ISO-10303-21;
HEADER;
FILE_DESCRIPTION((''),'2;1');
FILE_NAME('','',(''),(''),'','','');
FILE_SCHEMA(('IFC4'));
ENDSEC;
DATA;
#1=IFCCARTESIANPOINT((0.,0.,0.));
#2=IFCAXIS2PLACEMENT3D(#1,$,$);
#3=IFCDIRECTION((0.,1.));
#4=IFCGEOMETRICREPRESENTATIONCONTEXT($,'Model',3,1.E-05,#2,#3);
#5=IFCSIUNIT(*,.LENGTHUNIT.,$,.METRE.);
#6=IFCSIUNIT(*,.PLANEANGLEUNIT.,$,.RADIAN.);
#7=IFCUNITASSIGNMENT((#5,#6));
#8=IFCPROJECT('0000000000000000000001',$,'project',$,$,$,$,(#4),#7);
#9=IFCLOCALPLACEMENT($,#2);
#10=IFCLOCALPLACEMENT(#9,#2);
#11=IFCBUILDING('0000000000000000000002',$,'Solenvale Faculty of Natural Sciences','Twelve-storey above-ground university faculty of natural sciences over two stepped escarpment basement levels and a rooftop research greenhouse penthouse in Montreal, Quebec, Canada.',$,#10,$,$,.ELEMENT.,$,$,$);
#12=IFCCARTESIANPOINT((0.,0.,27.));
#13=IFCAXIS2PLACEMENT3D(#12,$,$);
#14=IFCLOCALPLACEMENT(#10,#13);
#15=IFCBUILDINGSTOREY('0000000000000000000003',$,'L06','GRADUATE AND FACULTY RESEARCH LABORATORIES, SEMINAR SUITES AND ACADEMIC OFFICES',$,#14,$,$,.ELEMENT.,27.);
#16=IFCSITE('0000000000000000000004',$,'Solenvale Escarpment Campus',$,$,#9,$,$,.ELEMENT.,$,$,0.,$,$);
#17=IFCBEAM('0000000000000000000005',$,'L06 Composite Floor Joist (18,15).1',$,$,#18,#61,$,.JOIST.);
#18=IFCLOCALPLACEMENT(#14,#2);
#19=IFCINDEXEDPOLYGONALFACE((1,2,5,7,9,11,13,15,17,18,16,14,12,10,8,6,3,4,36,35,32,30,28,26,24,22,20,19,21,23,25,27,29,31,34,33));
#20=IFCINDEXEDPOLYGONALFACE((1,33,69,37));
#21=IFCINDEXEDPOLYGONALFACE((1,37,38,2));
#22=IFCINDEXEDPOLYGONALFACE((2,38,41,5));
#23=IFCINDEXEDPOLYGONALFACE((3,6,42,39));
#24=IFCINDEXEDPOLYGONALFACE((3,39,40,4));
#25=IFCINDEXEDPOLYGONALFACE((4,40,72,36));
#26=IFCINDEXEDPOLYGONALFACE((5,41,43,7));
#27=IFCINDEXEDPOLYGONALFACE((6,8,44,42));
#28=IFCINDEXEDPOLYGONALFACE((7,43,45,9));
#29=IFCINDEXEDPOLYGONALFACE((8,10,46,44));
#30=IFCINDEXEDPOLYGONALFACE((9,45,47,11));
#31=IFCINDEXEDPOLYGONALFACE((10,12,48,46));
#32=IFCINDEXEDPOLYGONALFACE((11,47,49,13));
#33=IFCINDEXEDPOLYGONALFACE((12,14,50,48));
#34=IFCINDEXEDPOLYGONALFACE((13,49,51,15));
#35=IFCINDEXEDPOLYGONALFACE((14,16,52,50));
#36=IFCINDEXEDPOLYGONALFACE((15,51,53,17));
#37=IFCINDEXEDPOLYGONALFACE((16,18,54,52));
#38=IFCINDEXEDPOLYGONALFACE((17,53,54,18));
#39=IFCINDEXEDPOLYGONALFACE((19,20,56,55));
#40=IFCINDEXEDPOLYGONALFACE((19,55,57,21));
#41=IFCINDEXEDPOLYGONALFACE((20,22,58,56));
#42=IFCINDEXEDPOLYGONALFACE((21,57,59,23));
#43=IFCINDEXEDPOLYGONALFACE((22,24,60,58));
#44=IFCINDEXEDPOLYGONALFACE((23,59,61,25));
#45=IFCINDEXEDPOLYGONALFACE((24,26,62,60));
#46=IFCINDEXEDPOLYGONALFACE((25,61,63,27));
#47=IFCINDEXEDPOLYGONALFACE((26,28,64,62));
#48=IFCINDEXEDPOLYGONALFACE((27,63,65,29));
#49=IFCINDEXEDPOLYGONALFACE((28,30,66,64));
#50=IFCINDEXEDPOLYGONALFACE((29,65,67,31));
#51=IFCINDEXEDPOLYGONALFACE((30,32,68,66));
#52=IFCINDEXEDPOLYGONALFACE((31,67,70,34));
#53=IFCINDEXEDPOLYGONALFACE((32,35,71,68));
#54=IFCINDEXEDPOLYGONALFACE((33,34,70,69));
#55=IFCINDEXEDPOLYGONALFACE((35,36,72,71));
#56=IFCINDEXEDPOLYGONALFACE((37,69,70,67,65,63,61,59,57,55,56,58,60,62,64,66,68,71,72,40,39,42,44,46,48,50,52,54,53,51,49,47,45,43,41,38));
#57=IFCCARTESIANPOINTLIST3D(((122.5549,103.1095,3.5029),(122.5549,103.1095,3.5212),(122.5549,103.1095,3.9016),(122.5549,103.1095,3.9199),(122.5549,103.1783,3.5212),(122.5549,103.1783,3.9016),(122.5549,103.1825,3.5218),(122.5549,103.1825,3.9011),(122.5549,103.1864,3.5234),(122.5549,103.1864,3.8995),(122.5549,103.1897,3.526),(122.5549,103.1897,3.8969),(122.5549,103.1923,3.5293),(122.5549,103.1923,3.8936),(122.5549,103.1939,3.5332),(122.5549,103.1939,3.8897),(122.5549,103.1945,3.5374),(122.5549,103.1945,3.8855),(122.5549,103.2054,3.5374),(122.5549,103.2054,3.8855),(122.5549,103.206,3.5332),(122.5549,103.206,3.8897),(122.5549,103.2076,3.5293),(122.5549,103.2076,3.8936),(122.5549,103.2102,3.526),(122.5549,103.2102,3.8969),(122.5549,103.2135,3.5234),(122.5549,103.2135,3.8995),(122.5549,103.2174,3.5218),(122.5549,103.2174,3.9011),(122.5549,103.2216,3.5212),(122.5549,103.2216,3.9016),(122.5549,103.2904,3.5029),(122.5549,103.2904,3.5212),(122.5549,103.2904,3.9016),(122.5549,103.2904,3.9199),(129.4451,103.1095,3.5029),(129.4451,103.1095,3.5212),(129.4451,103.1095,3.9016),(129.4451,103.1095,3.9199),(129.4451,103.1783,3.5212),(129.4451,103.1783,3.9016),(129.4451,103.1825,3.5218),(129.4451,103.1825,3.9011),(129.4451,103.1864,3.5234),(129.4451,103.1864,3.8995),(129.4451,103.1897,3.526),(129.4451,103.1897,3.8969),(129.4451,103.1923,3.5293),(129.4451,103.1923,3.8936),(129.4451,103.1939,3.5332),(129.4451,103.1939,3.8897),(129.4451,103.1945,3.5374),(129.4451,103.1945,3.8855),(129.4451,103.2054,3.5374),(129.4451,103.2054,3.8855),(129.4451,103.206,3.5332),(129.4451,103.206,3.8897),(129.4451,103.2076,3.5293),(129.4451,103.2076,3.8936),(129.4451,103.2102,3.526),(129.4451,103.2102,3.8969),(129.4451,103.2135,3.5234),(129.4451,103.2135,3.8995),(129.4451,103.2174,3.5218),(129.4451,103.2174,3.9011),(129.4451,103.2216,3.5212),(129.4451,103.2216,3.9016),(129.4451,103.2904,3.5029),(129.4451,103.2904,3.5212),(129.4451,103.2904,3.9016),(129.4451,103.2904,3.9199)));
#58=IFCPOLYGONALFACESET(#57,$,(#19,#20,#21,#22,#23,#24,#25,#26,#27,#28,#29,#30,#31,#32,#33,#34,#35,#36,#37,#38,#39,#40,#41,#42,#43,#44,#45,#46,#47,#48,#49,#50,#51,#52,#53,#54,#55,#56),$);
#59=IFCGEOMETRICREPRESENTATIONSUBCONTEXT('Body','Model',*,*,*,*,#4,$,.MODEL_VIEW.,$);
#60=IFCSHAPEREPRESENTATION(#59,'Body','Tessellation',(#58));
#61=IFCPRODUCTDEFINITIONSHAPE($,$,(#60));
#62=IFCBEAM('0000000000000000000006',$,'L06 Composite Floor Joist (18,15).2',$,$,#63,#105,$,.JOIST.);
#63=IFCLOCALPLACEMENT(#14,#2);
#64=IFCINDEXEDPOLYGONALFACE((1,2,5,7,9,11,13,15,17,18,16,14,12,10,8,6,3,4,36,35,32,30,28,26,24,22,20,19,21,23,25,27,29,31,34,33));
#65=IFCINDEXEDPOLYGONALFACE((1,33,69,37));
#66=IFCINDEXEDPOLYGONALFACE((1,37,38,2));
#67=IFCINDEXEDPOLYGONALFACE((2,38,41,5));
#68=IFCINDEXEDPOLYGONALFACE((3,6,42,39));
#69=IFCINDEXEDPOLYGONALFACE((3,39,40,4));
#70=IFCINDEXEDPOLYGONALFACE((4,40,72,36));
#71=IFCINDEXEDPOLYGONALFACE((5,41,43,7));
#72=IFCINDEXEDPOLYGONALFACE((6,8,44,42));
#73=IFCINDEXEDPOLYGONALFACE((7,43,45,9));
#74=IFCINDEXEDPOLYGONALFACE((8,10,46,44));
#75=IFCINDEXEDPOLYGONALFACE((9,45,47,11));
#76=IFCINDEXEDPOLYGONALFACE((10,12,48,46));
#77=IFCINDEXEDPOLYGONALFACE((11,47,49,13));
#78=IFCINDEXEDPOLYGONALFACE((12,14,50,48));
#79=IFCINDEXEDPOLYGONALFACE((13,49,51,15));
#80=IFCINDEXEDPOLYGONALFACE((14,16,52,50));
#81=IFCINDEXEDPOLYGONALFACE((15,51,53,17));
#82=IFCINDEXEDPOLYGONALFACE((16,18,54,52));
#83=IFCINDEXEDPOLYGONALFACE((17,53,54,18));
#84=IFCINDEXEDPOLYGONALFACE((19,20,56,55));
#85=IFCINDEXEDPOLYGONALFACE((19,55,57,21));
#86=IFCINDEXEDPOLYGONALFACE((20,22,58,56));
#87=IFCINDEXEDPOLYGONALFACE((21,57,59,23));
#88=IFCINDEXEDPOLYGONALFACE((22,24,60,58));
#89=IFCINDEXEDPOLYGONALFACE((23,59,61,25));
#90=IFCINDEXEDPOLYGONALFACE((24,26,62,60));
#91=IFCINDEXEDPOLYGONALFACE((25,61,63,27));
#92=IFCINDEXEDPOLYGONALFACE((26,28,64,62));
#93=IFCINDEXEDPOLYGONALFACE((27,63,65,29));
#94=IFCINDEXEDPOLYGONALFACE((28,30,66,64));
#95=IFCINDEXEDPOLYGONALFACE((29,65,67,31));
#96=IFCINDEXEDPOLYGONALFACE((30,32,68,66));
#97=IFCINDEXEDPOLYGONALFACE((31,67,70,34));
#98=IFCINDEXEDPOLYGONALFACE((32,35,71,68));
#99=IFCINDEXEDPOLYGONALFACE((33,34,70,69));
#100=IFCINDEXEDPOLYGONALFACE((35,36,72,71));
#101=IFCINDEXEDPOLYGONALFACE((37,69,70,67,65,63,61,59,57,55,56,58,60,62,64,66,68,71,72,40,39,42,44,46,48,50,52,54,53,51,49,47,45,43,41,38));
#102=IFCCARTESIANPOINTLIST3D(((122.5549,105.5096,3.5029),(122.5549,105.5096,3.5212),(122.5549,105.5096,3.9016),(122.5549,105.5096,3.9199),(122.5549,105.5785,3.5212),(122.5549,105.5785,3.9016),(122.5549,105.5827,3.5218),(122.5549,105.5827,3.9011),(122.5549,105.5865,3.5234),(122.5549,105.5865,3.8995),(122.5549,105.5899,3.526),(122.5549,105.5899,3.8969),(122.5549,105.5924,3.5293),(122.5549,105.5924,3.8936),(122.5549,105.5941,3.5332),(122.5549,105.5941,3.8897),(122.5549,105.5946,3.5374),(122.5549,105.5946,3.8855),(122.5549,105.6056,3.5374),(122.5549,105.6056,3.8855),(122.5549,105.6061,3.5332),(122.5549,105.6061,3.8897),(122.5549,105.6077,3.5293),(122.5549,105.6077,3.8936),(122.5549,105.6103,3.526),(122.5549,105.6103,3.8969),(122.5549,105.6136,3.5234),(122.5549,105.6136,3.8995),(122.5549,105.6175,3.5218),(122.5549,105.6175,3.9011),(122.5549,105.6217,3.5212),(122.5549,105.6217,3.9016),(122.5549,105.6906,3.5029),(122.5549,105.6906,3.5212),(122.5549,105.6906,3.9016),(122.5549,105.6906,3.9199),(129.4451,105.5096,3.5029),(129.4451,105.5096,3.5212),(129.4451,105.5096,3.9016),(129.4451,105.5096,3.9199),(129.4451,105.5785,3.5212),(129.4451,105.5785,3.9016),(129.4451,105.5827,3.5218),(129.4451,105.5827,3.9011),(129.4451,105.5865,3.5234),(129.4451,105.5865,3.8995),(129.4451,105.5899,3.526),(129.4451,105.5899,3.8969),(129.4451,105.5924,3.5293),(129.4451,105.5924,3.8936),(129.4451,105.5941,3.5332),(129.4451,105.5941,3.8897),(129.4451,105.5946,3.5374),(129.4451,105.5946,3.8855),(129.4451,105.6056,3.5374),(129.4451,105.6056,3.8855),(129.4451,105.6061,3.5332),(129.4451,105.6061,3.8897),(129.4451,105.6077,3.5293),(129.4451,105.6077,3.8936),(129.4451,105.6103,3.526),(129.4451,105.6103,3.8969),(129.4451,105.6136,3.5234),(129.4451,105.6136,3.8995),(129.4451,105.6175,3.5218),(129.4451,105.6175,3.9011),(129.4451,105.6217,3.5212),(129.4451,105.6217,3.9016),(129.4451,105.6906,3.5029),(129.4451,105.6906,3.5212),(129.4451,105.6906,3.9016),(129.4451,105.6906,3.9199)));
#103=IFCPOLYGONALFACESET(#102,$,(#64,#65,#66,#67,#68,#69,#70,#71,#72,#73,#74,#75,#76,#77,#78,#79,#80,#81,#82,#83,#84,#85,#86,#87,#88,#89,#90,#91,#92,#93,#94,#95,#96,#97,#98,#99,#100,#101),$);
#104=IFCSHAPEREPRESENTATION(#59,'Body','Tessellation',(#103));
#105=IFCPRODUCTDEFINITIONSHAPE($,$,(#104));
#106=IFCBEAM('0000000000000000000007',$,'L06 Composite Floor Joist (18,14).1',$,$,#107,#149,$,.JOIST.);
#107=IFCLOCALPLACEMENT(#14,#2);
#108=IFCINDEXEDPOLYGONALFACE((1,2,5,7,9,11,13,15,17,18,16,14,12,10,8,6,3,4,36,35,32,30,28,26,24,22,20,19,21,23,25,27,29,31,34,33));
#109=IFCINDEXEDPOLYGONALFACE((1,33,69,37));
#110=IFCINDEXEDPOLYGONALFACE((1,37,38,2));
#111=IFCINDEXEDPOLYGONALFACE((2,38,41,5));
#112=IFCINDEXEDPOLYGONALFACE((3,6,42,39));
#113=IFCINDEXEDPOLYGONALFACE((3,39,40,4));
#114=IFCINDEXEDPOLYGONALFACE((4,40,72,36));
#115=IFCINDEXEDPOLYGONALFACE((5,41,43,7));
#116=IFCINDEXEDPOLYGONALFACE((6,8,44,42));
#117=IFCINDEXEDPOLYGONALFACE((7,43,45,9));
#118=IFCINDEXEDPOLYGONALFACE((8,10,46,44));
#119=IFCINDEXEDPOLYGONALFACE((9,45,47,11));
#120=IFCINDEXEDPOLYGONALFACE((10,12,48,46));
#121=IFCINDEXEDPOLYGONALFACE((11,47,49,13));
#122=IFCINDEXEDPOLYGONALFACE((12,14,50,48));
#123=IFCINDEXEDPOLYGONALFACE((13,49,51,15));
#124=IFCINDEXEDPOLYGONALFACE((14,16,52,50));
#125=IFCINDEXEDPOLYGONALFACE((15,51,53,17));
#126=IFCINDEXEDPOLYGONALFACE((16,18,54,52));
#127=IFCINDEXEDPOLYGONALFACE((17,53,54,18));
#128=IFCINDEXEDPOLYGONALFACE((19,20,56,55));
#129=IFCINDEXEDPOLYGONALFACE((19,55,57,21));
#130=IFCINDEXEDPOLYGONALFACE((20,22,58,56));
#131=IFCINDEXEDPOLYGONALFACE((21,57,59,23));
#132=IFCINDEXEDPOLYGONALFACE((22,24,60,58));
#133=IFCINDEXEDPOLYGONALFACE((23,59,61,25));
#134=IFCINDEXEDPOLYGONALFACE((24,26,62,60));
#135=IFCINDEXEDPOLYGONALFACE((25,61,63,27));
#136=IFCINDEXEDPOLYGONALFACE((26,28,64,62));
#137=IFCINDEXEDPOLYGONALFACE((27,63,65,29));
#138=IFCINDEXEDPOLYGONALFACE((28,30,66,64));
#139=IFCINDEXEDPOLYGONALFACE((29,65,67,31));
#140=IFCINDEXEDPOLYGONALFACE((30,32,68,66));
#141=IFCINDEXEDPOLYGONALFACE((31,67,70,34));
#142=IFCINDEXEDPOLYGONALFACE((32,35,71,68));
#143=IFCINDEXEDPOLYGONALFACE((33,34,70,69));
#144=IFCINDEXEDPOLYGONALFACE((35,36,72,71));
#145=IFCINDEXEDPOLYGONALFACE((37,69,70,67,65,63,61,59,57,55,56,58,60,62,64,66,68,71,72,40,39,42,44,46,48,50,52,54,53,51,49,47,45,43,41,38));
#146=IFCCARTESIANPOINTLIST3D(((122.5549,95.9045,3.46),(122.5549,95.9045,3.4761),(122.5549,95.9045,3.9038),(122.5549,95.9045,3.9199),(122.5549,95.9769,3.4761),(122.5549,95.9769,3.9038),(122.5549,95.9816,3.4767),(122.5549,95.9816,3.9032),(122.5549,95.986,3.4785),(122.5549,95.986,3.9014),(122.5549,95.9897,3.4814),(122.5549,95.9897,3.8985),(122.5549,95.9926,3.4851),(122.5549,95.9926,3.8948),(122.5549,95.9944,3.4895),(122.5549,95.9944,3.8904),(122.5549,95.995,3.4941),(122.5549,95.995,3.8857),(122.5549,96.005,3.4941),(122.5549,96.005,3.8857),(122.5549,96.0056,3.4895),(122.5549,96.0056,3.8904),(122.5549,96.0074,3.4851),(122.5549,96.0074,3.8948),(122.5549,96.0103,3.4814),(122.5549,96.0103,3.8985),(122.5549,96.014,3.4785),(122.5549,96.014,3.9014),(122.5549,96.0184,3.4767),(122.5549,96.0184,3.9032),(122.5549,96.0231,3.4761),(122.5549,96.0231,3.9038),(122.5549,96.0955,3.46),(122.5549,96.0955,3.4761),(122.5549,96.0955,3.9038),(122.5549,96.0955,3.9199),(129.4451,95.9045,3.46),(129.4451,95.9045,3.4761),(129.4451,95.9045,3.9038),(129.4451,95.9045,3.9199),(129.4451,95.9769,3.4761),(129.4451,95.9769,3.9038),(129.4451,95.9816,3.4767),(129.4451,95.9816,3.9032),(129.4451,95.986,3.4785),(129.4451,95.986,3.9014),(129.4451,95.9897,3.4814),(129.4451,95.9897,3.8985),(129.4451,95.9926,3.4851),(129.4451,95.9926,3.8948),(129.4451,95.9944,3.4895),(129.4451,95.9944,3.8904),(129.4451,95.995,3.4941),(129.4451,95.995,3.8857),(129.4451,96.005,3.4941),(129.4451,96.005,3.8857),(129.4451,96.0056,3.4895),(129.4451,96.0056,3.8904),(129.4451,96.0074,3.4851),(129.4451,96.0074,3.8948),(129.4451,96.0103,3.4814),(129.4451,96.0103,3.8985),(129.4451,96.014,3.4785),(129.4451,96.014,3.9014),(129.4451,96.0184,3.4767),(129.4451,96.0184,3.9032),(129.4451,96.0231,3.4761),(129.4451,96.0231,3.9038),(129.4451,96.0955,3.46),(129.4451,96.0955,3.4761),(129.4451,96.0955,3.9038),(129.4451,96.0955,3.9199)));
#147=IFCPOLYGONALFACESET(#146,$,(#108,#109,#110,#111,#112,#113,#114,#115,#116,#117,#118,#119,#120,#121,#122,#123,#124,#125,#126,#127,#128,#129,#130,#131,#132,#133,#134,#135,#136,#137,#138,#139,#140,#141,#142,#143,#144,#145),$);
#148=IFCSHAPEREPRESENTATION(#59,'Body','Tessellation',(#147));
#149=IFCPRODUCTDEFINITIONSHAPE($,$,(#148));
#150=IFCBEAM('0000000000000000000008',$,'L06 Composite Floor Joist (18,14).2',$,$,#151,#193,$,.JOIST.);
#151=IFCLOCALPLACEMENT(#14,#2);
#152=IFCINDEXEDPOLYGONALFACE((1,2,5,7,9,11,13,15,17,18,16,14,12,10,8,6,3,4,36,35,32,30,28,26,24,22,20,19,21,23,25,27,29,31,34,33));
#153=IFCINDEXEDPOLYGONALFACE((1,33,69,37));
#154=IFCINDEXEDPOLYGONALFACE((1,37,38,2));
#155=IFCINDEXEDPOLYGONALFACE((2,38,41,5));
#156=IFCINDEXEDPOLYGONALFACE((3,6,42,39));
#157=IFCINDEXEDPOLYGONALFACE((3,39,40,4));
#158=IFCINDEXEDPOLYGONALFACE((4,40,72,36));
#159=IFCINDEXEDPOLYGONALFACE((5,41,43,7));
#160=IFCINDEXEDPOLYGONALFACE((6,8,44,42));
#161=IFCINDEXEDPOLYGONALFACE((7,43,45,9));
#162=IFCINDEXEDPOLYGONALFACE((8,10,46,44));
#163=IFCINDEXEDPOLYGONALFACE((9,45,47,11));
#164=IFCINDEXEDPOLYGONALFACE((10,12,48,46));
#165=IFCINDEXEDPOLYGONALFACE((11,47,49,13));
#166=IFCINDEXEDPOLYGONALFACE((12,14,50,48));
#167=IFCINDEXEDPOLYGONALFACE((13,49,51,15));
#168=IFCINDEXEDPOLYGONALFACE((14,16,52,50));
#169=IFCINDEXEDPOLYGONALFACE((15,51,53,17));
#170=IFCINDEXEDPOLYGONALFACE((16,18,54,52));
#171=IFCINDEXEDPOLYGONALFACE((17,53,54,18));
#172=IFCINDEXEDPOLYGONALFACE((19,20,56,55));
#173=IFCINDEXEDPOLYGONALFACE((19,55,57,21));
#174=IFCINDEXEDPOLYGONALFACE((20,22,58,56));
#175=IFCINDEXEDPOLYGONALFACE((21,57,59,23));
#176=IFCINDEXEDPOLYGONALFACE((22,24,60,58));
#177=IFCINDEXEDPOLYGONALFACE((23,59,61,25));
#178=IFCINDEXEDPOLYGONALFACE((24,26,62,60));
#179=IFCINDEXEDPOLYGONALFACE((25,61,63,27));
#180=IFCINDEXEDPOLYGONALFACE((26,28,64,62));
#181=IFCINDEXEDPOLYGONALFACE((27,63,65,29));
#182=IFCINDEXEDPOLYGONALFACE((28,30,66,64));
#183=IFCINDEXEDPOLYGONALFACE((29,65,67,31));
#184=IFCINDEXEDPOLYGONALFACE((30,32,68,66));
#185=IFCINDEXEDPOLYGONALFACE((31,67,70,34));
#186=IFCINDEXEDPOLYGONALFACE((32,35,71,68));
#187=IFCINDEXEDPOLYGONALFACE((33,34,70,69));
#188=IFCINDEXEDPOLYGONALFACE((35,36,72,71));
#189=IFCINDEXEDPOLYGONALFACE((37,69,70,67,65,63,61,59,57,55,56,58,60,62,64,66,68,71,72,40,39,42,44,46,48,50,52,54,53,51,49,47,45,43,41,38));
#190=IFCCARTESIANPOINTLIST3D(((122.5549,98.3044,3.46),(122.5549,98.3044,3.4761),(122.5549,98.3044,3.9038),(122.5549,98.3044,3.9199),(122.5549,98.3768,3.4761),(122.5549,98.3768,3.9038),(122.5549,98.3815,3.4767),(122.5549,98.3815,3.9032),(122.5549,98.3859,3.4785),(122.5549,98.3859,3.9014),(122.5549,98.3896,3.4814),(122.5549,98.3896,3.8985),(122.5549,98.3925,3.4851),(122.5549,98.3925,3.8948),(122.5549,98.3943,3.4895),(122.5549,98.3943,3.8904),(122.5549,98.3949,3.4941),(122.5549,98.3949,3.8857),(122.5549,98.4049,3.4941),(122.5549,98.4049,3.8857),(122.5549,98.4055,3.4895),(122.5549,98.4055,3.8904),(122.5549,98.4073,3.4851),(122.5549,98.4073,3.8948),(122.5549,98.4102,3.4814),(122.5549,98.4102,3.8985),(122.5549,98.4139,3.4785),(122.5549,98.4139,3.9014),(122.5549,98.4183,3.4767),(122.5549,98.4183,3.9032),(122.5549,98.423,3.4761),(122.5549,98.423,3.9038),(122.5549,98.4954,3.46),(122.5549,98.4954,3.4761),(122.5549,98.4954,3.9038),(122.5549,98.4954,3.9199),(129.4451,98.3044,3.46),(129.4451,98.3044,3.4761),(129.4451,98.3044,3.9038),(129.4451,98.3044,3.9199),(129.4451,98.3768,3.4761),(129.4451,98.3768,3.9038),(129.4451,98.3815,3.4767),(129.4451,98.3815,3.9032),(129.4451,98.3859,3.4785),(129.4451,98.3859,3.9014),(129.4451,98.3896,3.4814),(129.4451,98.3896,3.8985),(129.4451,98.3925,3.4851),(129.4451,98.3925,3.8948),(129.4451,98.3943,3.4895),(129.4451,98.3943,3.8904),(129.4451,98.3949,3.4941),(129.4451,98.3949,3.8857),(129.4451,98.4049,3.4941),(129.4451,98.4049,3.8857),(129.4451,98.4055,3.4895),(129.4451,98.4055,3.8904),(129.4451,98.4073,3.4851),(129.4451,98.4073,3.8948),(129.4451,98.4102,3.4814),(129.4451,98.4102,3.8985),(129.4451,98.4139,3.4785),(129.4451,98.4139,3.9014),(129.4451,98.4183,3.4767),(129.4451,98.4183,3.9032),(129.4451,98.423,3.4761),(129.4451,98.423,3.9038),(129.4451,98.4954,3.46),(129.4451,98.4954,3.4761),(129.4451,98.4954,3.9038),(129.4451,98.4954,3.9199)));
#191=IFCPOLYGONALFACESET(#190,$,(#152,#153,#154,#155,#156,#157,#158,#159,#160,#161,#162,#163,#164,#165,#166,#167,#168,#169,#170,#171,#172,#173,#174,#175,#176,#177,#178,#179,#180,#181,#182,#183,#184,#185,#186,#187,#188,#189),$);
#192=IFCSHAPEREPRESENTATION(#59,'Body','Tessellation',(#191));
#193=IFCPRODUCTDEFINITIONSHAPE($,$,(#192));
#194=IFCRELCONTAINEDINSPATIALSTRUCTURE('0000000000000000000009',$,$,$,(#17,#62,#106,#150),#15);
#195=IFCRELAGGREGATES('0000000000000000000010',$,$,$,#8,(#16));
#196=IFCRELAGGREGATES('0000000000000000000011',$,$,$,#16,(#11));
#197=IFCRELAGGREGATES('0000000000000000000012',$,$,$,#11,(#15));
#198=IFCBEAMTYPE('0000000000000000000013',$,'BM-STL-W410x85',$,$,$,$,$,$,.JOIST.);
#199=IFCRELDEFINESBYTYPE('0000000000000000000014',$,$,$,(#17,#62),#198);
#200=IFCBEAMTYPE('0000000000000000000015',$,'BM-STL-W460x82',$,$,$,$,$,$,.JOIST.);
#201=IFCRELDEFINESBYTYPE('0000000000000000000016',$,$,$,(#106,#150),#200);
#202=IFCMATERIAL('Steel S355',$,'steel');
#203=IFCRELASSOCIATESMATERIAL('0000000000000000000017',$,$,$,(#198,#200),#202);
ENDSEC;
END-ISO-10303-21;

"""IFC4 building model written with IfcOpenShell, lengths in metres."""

from ifc_helpers import new_model, si_unit, direction, frame, origin, origin_2d, place, context, subcontext, project, spatial, i_section, extrude, material, material_profile, profile_set, type_object, element, save


model = new_model("IFC4")

# Units and contexts
model_context = context("Model", 3, precision=1e-05, world=origin(), true_north=direction((0.0, 1.0)))
body_context = subcontext(model_context, "Body", "Model", "MODEL_VIEW")
ifc_project = project(units=[si_unit("LENGTHUNIT", "METRE"), si_unit("PLANEANGLEUNIT", "RADIAN")], contexts=[model_context])

# Site, building, storey
site_placement = place(None, origin())
site = spatial("IfcSite", under=ifc_project, at=site_placement, Name="Solenvale Escarpment Campus", CompositionType="ELEMENT", RefElevation=0.0)
building_placement = place(site_placement, origin())
building = spatial("IfcBuilding", under=site, at=building_placement, Name="Solenvale Faculty of Natural Sciences", Description="Twelve-storey above-ground university faculty of natural sciences over two stepped escarpment basement levels and a rooftop research greenhouse penthouse in Montreal, Quebec, Canada.", CompositionType="ELEMENT")
storey_placement = place(building_placement, frame((0.0, 0.0, 27.0)))
storey = spatial("IfcBuildingStorey", under=building, at=storey_placement, Name="L06", Description="GRADUATE AND FACULTY RESEARCH LABORATORIES, SEMINAR SUITES AND ACADEMIC OFFICES", CompositionType="ELEMENT", Elevation=27.0)

# Beams
ifc_material_1 = material(Name="Steel S355", Category="steel")
ifc_material_profile_1 = material_profile(ifc_material_1, i_section(OverallWidth=0.1809, OverallDepth=0.417, WebThickness=0.011, FlangeThickness=0.0183, FilletRadius=0.0161, at=origin_2d()), Name="W410x85")
ifc_profile_set_1 = profile_set([ifc_material_profile_1], Name="Steel S355")
beam_type_1 = type_object("IfcBeamType", Name="BM-STL-W410x85", PredefinedType="JOIST", material=ifc_profile_set_1)
for number, where, z_axis, x_axis, name in (
    (1, (122.5549, 103.2, 3.7114), (1.0, 0.0, 0.0), (0.0, 1.0, 0.0), "L06 Composite Floor Joist (18,15).1"),
    (2, (122.5549, 105.6001, 3.7114), (1.0, 0.0, 0.0), (0.0, 1.0, 0.0), "L06 Composite Floor Joist (18,15).2"),
):
    element("IfcBeam", number, at=place(storey_placement, frame(where, z_axis=z_axis, x_axis=x_axis)), inside=storey, type_object=beam_type_1, Name=name, PredefinedType="JOIST", context=body_context, shape_type="SweptSolid", body=[
        extrude(i_section(OverallWidth=0.1809, OverallDepth=0.417, WebThickness=0.011, FlangeThickness=0.0183, FilletRadius=0.0161, at=origin_2d()), origin(), (0.0, 0.0, 1.0), 6.8901),
    ])
ifc_material_profile_2 = material_profile(ifc_material_1, i_section(OverallWidth=0.1909, OverallDepth=0.46, WebThickness=0.01, FlangeThickness=0.0161, FilletRadius=0.0181, at=origin_2d()), Name="W460x82")
ifc_profile_set_2 = profile_set([ifc_material_profile_2], Name="Steel S355")
beam_type_2 = type_object("IfcBeamType", Name="BM-STL-W460x82", PredefinedType="JOIST", material=ifc_profile_set_2)
for number, where, z_axis, x_axis, name in (
    (3, (122.5549, 96.0, 3.6899), (1.0, 0.0, 0.0), (0.0, 1.0, 0.0), "L06 Composite Floor Joist (18,14).1"),
    (4, (122.5549, 98.3999, 3.6899), (1.0, 0.0, 0.0), (0.0, 1.0, 0.0), "L06 Composite Floor Joist (18,14).2"),
):
    element("IfcBeam", number, at=place(storey_placement, frame(where, z_axis=z_axis, x_axis=x_axis)), inside=storey, type_object=beam_type_2, Name=name, PredefinedType="JOIST", context=body_context, shape_type="SweptSolid", body=[
        extrude(i_section(OverallWidth=0.1909, OverallDepth=0.46, WebThickness=0.01, FlangeThickness=0.0161, FilletRadius=0.0181, at=origin_2d()), origin(), (0.0, 0.0, 1.0), 6.8901),
    ])

save(model, "model.ifc")
